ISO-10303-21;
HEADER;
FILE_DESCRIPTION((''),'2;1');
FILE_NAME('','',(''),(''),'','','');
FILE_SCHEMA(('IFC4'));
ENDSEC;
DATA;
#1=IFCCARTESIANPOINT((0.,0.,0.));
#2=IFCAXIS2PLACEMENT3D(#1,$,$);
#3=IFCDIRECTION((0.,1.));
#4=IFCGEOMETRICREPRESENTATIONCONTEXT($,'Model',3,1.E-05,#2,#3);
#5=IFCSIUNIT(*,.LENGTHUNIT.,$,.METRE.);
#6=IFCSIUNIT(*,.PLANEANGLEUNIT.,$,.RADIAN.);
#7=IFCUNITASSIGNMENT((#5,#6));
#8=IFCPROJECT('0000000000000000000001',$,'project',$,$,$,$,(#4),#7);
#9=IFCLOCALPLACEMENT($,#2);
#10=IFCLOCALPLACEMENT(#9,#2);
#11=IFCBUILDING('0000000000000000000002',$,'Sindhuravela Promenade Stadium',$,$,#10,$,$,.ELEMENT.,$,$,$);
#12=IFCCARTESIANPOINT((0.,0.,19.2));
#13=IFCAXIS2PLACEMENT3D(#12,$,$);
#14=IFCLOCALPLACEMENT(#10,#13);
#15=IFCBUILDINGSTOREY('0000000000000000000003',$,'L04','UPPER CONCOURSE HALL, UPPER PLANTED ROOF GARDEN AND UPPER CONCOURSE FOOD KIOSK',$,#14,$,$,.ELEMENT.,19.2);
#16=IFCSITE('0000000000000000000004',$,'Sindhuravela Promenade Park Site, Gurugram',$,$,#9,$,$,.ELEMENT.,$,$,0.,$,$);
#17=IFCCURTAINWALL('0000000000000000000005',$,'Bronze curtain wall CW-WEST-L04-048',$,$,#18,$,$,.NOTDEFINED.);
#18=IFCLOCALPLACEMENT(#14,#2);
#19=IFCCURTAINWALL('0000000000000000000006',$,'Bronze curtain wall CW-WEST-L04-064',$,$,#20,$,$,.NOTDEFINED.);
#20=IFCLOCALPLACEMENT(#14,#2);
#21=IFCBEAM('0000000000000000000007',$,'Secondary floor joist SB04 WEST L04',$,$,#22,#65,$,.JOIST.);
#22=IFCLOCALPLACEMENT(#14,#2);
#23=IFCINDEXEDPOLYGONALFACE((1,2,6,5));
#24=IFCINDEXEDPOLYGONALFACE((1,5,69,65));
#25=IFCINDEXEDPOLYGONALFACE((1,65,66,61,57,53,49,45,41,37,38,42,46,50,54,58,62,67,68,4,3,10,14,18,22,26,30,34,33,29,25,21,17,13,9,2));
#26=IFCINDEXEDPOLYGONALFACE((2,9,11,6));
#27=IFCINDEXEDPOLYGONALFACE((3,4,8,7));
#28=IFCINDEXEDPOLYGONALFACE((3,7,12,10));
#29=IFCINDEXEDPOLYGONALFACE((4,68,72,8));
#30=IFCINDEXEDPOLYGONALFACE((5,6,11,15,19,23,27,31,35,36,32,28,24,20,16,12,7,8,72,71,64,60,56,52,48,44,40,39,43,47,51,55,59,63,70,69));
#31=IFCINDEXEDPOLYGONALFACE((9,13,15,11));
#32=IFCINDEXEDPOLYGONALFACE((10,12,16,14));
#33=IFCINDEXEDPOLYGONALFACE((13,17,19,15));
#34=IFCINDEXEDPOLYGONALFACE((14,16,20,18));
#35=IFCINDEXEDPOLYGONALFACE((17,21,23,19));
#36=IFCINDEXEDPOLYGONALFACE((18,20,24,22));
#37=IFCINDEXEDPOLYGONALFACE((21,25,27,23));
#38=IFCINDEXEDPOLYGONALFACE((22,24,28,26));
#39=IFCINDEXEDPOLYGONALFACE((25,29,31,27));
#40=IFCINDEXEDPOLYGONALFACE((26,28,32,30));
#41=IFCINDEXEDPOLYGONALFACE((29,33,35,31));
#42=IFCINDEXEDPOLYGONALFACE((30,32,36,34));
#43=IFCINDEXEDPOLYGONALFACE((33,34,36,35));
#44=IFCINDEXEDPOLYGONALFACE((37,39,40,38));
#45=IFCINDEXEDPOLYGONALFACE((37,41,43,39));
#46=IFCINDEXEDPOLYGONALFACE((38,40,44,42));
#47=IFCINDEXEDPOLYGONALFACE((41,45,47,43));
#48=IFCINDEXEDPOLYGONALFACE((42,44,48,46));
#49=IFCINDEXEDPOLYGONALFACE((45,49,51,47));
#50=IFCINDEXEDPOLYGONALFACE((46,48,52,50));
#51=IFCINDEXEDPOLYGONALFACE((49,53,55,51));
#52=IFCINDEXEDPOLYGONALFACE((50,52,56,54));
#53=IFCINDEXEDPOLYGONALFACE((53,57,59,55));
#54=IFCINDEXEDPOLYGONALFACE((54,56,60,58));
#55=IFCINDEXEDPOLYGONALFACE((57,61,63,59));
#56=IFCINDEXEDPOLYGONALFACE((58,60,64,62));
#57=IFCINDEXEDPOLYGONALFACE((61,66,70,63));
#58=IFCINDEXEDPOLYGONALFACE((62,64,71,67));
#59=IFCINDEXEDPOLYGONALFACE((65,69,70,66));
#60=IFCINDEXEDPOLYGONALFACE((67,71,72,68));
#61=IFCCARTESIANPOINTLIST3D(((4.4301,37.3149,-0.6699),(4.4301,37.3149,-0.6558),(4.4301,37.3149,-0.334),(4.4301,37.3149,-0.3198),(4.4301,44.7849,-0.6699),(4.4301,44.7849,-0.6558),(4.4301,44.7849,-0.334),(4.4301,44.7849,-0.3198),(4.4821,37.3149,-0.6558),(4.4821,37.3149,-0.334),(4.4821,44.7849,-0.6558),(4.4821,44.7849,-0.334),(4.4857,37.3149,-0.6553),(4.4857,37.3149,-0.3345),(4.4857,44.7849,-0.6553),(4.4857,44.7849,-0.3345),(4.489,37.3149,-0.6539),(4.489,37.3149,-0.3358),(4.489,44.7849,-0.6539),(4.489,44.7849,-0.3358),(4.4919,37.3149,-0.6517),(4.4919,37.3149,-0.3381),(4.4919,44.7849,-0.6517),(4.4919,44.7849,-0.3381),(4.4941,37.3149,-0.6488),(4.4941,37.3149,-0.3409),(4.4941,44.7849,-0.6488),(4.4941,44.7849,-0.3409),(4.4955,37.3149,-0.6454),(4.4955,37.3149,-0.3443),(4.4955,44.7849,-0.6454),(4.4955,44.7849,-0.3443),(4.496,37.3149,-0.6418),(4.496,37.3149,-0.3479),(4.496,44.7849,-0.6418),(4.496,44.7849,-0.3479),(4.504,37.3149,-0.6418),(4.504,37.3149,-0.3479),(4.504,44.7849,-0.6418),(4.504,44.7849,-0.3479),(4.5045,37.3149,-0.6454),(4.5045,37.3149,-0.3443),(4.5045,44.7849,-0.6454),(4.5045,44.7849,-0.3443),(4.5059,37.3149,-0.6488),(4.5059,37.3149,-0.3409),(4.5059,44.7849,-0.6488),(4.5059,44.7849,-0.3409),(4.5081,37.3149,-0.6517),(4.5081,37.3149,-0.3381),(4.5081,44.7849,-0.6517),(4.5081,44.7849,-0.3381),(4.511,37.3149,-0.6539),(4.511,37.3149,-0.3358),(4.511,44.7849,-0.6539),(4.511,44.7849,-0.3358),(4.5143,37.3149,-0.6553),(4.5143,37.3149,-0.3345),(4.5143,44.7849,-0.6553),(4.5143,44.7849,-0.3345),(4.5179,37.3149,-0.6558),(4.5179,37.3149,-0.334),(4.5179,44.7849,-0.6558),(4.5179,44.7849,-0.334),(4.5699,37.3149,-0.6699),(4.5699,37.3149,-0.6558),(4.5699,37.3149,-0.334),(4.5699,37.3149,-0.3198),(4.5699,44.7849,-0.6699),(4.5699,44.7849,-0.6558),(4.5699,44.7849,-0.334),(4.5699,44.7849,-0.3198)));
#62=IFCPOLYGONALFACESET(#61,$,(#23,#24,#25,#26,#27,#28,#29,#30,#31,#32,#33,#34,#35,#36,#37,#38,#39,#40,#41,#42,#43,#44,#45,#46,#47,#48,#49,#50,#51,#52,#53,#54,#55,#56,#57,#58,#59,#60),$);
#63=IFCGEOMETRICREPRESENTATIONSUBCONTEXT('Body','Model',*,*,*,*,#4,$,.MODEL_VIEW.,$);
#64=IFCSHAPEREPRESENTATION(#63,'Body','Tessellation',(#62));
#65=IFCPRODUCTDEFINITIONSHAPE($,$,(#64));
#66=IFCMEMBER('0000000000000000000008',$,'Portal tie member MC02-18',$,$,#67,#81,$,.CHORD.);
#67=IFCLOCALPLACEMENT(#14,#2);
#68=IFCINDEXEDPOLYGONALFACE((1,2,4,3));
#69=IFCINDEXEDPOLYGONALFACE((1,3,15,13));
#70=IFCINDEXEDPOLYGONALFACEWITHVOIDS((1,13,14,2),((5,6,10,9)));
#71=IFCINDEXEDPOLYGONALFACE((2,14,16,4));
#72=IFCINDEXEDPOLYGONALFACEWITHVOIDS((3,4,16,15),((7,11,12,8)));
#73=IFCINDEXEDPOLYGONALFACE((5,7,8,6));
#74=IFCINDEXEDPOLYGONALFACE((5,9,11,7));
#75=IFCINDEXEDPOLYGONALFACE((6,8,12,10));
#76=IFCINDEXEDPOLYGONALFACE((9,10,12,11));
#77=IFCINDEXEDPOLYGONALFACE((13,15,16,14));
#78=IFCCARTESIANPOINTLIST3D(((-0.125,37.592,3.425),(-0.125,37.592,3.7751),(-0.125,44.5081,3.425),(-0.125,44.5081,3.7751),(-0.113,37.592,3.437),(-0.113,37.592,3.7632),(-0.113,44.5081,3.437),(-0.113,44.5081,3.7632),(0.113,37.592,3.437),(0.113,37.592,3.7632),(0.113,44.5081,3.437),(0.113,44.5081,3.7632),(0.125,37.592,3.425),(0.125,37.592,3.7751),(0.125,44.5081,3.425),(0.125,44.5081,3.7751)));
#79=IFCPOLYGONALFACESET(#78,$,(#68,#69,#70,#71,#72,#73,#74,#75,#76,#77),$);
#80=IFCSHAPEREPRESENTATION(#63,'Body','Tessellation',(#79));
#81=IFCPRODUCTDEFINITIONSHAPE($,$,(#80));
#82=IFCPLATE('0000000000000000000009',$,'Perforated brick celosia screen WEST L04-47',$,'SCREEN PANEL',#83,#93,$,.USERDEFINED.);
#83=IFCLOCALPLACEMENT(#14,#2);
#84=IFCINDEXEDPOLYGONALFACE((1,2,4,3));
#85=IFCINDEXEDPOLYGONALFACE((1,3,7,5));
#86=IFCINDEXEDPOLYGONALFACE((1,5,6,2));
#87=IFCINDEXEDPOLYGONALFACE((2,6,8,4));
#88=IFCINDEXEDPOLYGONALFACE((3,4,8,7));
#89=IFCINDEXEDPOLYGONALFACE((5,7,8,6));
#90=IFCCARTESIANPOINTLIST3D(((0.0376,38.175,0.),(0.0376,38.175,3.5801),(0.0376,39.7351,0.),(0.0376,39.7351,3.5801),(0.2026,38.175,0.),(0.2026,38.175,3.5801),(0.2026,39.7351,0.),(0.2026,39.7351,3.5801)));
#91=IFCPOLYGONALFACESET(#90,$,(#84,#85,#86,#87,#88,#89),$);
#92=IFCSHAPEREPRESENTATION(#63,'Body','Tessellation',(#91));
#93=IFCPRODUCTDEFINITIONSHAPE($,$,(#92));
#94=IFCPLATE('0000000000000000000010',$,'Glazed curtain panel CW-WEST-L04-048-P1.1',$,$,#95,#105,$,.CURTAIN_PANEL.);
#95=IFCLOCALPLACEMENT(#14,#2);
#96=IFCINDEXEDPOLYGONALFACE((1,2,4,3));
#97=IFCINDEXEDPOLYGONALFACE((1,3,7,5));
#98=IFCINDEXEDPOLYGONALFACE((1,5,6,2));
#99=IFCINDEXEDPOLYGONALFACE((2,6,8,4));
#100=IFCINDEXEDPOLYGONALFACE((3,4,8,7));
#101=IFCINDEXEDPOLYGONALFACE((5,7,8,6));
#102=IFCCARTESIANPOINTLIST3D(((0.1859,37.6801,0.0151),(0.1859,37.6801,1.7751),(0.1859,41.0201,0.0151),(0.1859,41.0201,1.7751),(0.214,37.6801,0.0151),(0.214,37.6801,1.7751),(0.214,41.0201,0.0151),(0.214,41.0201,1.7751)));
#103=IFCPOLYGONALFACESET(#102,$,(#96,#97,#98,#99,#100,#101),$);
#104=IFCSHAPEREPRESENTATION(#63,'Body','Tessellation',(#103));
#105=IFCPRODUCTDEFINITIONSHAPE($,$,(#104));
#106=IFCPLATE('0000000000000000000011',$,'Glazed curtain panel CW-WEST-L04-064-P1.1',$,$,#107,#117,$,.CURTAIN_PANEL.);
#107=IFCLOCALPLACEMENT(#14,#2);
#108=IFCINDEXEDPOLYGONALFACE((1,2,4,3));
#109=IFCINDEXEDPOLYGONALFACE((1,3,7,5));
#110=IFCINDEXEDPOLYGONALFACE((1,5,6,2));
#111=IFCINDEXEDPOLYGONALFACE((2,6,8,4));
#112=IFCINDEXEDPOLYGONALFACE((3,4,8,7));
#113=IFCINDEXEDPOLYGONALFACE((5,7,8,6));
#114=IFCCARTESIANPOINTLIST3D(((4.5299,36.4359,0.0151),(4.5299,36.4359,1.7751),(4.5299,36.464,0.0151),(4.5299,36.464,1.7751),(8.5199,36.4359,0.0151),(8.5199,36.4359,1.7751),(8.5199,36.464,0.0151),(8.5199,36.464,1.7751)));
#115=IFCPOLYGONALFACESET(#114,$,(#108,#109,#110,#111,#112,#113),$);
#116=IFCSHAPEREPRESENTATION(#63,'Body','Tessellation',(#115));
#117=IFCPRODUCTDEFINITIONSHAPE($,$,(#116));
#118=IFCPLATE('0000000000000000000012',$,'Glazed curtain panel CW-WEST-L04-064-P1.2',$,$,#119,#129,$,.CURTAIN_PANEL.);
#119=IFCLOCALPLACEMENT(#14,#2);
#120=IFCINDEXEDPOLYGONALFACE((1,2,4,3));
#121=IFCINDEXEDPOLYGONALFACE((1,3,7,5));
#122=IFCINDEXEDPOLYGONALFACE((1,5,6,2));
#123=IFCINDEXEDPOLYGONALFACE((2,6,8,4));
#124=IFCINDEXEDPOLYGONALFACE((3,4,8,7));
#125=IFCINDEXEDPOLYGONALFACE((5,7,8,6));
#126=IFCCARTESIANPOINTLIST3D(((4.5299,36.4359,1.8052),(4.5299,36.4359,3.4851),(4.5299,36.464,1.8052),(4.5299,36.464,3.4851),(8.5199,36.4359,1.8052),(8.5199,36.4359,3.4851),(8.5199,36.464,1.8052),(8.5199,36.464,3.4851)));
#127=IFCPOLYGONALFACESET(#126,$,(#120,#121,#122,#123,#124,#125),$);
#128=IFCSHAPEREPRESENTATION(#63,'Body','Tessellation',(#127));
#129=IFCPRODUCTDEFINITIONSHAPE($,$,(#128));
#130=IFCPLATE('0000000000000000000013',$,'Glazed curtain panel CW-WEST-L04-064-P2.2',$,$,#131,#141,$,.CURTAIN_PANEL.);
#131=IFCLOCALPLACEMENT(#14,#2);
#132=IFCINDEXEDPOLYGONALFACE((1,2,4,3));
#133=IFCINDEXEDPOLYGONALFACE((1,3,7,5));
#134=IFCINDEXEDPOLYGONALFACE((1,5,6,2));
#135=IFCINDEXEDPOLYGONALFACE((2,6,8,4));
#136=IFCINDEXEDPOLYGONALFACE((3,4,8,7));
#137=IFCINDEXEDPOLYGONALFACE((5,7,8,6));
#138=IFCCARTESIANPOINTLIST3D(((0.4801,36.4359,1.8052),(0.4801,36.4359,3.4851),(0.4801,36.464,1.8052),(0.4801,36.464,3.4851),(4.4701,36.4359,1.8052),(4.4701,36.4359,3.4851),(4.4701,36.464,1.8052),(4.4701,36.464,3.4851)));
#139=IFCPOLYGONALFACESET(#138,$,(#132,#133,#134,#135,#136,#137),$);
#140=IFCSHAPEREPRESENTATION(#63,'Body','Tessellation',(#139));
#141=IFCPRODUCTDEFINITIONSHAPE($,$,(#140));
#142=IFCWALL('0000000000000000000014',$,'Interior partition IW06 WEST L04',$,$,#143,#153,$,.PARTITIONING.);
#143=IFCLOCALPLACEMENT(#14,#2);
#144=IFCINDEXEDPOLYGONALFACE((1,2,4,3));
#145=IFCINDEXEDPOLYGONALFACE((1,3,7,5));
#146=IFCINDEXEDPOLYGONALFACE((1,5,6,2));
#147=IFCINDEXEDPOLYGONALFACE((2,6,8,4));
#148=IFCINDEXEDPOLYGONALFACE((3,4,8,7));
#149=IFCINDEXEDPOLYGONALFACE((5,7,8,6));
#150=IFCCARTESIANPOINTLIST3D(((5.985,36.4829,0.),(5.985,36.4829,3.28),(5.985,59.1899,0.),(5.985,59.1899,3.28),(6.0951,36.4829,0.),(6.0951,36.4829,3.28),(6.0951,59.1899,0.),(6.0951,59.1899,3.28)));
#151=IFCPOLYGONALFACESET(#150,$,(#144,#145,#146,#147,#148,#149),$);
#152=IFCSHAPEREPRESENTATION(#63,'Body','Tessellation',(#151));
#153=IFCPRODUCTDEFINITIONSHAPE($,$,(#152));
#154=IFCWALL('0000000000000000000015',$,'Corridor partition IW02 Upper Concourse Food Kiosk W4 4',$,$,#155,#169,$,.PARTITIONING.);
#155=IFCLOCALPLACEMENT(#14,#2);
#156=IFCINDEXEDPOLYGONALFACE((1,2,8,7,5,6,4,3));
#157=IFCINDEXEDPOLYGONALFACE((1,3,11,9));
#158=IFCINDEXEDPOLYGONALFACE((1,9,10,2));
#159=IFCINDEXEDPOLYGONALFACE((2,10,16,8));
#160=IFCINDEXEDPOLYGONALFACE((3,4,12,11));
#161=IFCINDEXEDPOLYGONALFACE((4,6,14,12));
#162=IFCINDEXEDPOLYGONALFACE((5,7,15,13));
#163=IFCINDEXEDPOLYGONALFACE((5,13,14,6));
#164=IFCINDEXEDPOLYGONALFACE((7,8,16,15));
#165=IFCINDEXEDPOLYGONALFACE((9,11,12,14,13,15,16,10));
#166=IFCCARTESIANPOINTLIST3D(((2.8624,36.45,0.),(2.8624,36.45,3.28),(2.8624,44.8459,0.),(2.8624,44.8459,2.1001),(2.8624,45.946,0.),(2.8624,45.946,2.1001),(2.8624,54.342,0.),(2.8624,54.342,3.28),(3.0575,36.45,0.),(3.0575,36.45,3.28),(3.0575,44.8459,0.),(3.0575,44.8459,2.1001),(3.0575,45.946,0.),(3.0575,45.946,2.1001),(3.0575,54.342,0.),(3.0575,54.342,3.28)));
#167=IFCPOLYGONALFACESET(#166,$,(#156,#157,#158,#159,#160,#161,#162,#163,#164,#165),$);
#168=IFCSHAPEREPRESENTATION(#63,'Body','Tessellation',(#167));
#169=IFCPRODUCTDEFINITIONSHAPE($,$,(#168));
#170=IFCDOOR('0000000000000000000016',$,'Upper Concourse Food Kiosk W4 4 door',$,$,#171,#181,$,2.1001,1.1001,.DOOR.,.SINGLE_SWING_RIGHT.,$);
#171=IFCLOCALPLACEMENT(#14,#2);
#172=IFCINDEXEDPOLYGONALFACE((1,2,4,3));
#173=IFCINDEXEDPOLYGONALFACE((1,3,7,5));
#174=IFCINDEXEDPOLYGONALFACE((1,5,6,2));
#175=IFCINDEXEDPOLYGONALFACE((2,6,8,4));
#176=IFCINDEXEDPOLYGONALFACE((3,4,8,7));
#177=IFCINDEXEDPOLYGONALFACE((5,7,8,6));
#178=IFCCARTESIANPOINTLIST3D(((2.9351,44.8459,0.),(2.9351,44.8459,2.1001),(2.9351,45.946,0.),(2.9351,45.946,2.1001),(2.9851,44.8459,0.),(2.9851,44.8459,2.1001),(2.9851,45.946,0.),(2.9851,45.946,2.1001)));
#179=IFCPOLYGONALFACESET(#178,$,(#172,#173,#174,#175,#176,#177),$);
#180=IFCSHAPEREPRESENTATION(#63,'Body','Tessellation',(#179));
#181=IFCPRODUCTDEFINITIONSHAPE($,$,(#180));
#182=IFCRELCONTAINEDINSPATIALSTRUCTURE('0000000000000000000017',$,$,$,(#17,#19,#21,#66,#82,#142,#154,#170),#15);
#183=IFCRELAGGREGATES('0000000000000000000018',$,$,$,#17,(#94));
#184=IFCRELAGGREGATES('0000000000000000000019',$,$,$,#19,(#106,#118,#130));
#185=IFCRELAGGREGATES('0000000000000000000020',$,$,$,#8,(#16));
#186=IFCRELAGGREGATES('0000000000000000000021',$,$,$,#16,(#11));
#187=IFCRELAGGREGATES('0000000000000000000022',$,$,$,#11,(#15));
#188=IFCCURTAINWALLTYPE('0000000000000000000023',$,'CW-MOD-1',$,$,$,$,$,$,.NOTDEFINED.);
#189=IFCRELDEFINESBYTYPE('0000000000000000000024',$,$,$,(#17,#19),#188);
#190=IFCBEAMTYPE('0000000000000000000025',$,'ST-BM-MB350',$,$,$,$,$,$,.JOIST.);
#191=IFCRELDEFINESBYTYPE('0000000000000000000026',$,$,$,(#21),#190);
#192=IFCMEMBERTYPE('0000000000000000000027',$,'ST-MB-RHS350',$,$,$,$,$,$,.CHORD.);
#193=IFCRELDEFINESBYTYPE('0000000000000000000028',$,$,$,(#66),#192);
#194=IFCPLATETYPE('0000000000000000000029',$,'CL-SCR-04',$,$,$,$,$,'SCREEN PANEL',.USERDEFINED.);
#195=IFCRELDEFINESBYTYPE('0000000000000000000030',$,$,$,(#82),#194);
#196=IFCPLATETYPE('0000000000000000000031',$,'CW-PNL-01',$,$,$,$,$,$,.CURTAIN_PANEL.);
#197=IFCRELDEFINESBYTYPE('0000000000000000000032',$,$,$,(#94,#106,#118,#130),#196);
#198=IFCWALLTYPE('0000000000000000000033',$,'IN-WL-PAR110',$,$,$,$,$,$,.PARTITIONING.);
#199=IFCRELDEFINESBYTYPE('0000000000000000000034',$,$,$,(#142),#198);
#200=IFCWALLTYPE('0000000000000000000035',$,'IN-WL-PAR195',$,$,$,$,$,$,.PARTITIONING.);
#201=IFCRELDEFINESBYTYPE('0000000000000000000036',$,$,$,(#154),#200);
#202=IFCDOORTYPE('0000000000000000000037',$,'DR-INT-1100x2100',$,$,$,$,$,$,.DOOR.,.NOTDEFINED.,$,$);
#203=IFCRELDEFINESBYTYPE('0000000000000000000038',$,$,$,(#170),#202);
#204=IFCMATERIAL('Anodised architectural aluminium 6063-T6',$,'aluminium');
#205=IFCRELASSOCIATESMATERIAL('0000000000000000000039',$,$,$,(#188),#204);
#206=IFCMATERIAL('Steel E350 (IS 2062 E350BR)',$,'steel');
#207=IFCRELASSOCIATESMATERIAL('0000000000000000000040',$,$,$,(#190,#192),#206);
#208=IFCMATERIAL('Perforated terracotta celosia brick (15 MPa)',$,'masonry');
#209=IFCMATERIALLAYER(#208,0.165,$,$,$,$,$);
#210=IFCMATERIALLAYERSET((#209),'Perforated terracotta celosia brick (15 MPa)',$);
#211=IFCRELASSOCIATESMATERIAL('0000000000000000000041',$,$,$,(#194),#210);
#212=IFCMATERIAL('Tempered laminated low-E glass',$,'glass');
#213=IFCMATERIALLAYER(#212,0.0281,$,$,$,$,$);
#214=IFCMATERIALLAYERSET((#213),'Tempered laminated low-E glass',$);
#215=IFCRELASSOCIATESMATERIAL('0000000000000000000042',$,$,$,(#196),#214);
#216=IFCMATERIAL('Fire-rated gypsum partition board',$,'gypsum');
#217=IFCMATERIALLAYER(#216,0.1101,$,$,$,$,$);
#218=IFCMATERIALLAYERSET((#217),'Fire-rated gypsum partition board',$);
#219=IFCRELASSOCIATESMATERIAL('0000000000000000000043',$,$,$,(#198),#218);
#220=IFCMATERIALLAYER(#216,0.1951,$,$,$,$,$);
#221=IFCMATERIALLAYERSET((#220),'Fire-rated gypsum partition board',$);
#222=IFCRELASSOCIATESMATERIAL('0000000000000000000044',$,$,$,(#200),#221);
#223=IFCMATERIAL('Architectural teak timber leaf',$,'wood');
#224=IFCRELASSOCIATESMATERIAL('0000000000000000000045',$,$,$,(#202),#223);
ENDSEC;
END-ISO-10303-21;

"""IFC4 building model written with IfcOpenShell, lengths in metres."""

from ifc_helpers import new_model, si_unit, direction, frame, frame_2d, origin, origin_2d, place, context, subcontext, project, spatial, rectangle, hollow_rectangle, i_section, extrude, material, layer, layer_set, material_profile, profile_set, type_object, element, fill, aggregate, save


model = new_model("IFC4")

# Units and contexts
model_context = context("Model", 3, precision=1e-05, world=origin(), true_north=direction((0.0, 1.0)))
body_context = subcontext(model_context, "Body", "Model", "MODEL_VIEW")
ifc_project = project(units=[si_unit("LENGTHUNIT", "METRE"), si_unit("PLANEANGLEUNIT", "RADIAN")], contexts=[model_context])

# Site, building, storey
site_placement = place(None, origin())
site = spatial("IfcSite", under=ifc_project, at=site_placement, Name="Sindhuravela Promenade Park Site, Gurugram", CompositionType="ELEMENT", RefElevation=0.0)
building_placement = place(site_placement, origin())
building = spatial("IfcBuilding", under=site, at=building_placement, Name="Sindhuravela Promenade Stadium", CompositionType="ELEMENT")
storey_placement = place(building_placement, frame((0.0, 0.0, 19.2)))
storey = spatial("IfcBuildingStorey", under=building, at=storey_placement, Name="L04", Description="UPPER CONCOURSE HALL, UPPER PLANTED ROOF GARDEN AND UPPER CONCOURSE FOOD KIOSK", CompositionType="ELEMENT", Elevation=19.2)

# Curtain wall
ifc_material_1 = material(Name="Anodised architectural aluminium 6063-T6", Category="aluminium")
curtain_wall_type = type_object("IfcCurtainWallType", Name="CW-MOD-1", PredefinedType="NOTDEFINED", material=ifc_material_1)
curtain_wall_1_placement = place(storey_placement, origin())
curtain_wall_1 = element("IfcCurtainWall", 1, at=curtain_wall_1_placement, inside=storey, type_object=curtain_wall_type, Name="Bronze curtain wall CW-WEST-L04-048", PredefinedType="NOTDEFINED")

# Curtain wall
curtain_wall_2_placement = place(storey_placement, origin())
curtain_wall_2 = element("IfcCurtainWall", 2, at=curtain_wall_2_placement, inside=storey, type_object=curtain_wall_type, Name="Bronze curtain wall CW-WEST-L04-064", PredefinedType="NOTDEFINED")

# Beam
ifc_material_2 = material(Name="Steel E350 (IS 2062 E350BR)", Category="steel")
ifc_material_profile_1 = material_profile(ifc_material_2, i_section(OverallWidth=0.1399, OverallDepth=0.3501, WebThickness=0.0081, FlangeThickness=0.0142, FilletRadius=0.0139, at=origin_2d()), Name="ISMB 350")
ifc_profile_set_1 = profile_set([ifc_material_profile_1], Name="Steel E350 (IS 2062 E350BR)")
beam_type_1 = type_object("IfcBeamType", Name="ST-BM-MB350", PredefinedType="JOIST", material=ifc_profile_set_1)
beam_1_placement = place(storey_placement, frame((4.5, 37.3149, -0.4949), z_axis=(0.0, 1.0, 0.0), x_axis=(-1.0, 0.0, 0.0)))
element("IfcBeam", 3, at=beam_1_placement, inside=storey, type_object=beam_type_1, Name="Secondary floor joist SB04 WEST L04", PredefinedType="JOIST", context=body_context, shape_type="SweptSolid", body=[
    extrude(i_section(OverallWidth=0.1399, OverallDepth=0.3501, WebThickness=0.0081, FlangeThickness=0.0142, FilletRadius=0.0139, at=origin_2d()), origin(), (0.0, 0.0, 1.0), 7.47),
])

# Member
ifc_material_profile_2 = material_profile(ifc_material_2, hollow_rectangle(XDim=0.25, YDim=0.3501, WallThickness=0.012, at=origin_2d()), Name="RHS 350x250x12")
ifc_profile_set_2 = profile_set([ifc_material_profile_2], Name="Steel E350 (IS 2062 E350BR)")
member_type_1 = type_object("IfcMemberType", Name="ST-MB-RHS350", PredefinedType="CHORD", material=ifc_profile_set_2)
member_1_placement = place(storey_placement, frame((0.0, 37.592, 3.6001), z_axis=(0.0, 1.0, 0.0), x_axis=(-1.0, 0.0, 0.0)))
element("IfcMember", 4, at=member_1_placement, inside=storey, type_object=member_type_1, Name="Portal tie member MC02-18", PredefinedType="CHORD", context=body_context, shape_type="SweptSolid", body=[
    extrude(hollow_rectangle(XDim=0.25, YDim=0.3501, WallThickness=0.012, at=origin_2d()), origin(), (0.0, 0.0, 1.0), 6.916),
])

# Plates
ifc_material_3 = material(Name="Perforated terracotta celosia brick (15 MPa)", Category="masonry")
ifc_layer_1 = layer(ifc_material_3, 0.165)
ifc_layer_set_1 = layer_set([ifc_layer_1], Name="Perforated terracotta celosia brick (15 MPa)")
plate_type_1 = type_object("IfcPlateType", Name="CL-SCR-04", ElementType="SCREEN PANEL", PredefinedType="USERDEFINED", material=ifc_layer_set_1)
plate_1_placement = place(storey_placement, frame((0.1201, 38.9551, 0.0), z_axis=(0.0, 0.0, 1.0), x_axis=(0.0, 1.0, 0.0)))
element("IfcPlate", 5, at=plate_1_placement, inside=storey, type_object=plate_type_1, Name="Perforated brick celosia screen WEST L04-47", ObjectType="SCREEN PANEL", PredefinedType="USERDEFINED", context=body_context, shape_type="SweptSolid", body=[
    extrude(rectangle(XDim=1.5601, YDim=0.165, at=origin_2d()), origin(), (0.0, 0.0, 1.0), 3.5801),
])
ifc_material_4 = material(Name="Tempered laminated low-E glass", Category="glass")
ifc_layer_2 = layer(ifc_material_4, 0.0281)
ifc_layer_set_2 = layer_set([ifc_layer_2], Name="Tempered laminated low-E glass")
plate_type_2 = type_object("IfcPlateType", Name="CW-PNL-01", PredefinedType="CURTAIN_PANEL", material=ifc_layer_set_2)
plate_2_placement = place(storey_placement, frame((0.2, 39.3501, 0.0151), z_axis=(0.0, 0.0, 1.0), x_axis=(0.0, 1.0, 0.0)))
plate_2 = element("IfcPlate", 6, at=plate_2_placement, type_object=plate_type_2, Name="Glazed curtain panel CW-WEST-L04-048-P1.1", PredefinedType="CURTAIN_PANEL", context=body_context, shape_type="SweptSolid", body=[
    extrude(rectangle(XDim=3.3401, YDim=0.0281, at=origin_2d()), origin(), (0.0, 0.0, 1.0), 1.76),
])
aggregate(curtain_wall_1, [plate_2])
plate_3_placement = place(storey_placement, frame((6.5249, 36.45, 0.0151), z_axis=(0.0, 0.0, 1.0), x_axis=(-1.0, 0.0, 0.0)))
plate_3 = element("IfcPlate", 7, at=plate_3_placement, type_object=plate_type_2, Name="Glazed curtain panel CW-WEST-L04-064-P1.1", PredefinedType="CURTAIN_PANEL", context=body_context, shape_type="SweptSolid", body=[
    extrude(rectangle(XDim=3.99, YDim=0.0281, at=origin_2d()), origin(), (0.0, 0.0, 1.0), 1.76),
])
plate_4_placement = place(storey_placement, frame((6.5249, 36.45, 1.8052), z_axis=(0.0, 0.0, 1.0), x_axis=(-1.0, 0.0, 0.0)))
plate_4 = element("IfcPlate", 8, at=plate_4_placement, type_object=plate_type_2, Name="Glazed curtain panel CW-WEST-L04-064-P1.2", PredefinedType="CURTAIN_PANEL", context=body_context, shape_type="SweptSolid", body=[
    extrude(rectangle(XDim=3.99, YDim=0.0281, at=origin_2d()), origin(), (0.0, 0.0, 1.0), 1.6799),
])
plate_5_placement = place(storey_placement, frame((2.4751, 36.45, 1.8052), z_axis=(0.0, 0.0, 1.0), x_axis=(-1.0, 0.0, 0.0)))
plate_5 = element("IfcPlate", 9, at=plate_5_placement, type_object=plate_type_2, Name="Glazed curtain panel CW-WEST-L04-064-P2.2", PredefinedType="CURTAIN_PANEL", context=body_context, shape_type="SweptSolid", body=[
    extrude(rectangle(XDim=3.99, YDim=0.0281, at=origin_2d()), origin(), (0.0, 0.0, 1.0), 1.6799),
])
aggregate(curtain_wall_2, [plate_3, plate_4, plate_5])

# Wall
ifc_material_5 = material(Name="Fire-rated gypsum partition board", Category="gypsum")
ifc_layer_3 = layer(ifc_material_5, 0.1101)
ifc_layer_set_3 = layer_set([ifc_layer_3], Name="Fire-rated gypsum partition board")
wall_type_1 = type_object("IfcWallType", Name="IN-WL-PAR110", PredefinedType="PARTITIONING", material=ifc_layer_set_3)
wall_1_placement = place(storey_placement, frame((6.04, 36.4829, 0.0), z_axis=(0.0, 0.0, 1.0), x_axis=(0.0, 1.0, 0.0)))
element("IfcWall", 10, at=wall_1_placement, inside=storey, type_object=wall_type_1, Name="Interior partition IW06 WEST L04", PredefinedType="PARTITIONING", context=body_context, shape_type="SweptSolid", body=[
    extrude(rectangle(XDim=22.707, YDim=0.1101, at=frame_2d((11.3535, 0.0))), origin(), (0.0, 0.0, 1.0), 3.28),
])

# Wall, opening, door
ifc_layer_4 = layer(ifc_material_5, 0.1951)
ifc_layer_set_4 = layer_set([ifc_layer_4], Name="Fire-rated gypsum partition board")
wall_type_2 = type_object("IfcWallType", Name="IN-WL-PAR195", PredefinedType="PARTITIONING", material=ifc_layer_set_4)
wall_2_placement = place(storey_placement, frame((2.96, 36.45, 0.0), z_axis=(0.0, 0.0, 1.0), x_axis=(0.0, 1.0, 0.0)))
wall_2 = element("IfcWall", 11, at=wall_2_placement, inside=storey, type_object=wall_type_2, Name="Corridor partition IW02 Upper Concourse Food Kiosk W4 4", PredefinedType="PARTITIONING", context=body_context, shape_type="SweptSolid", body=[
    extrude(rectangle(XDim=17.8921, YDim=0.1951, at=frame_2d((8.946, 0.0))), origin(), (0.0, 0.0, 1.0), 3.28),
])
opening_placement = place(wall_2_placement, frame((8.396, 0.0, 0.0)))
opening = element("IfcOpeningElement", 12, at=opening_placement, cuts=wall_2, PredefinedType="OPENING", context=body_context, shape_type="SweptSolid", body=[
    extrude(rectangle(XDim=1.1001, YDim=2.1001, at=frame_2d((0.55, 1.05))), frame((0.0, 0.1074, 0.0), z_axis=(0.0, -1.0, 0.0), x_axis=(1.0, 0.0, 0.0)), (0.0, 0.0, 1.0), 0.2151),
])
ifc_material_6 = material(Name="Architectural teak timber leaf", Category="wood")
door_type = type_object("IfcDoorType", Name="DR-INT-1100x2100", OperationType="NOTDEFINED", PredefinedType="DOOR", material=ifc_material_6)
door_placement = place(opening_placement, origin())
door = element("IfcDoor", 13, at=door_placement, inside=storey, type_object=door_type, Name="Upper Concourse Food Kiosk W4 4 door", OperationType="SINGLE_SWING_RIGHT", OverallHeight=2.1001, OverallWidth=1.1001, PredefinedType="DOOR", context=body_context, shape_type="SweptSolid", body=[
    extrude(rectangle(XDim=1.1001, YDim=2.1001, at=frame_2d((0.55, 1.05))), frame((0.0, 0.0249, 0.0), z_axis=(0.0, -1.0, 0.0), x_axis=(1.0, 0.0, 0.0)), (0.0, 0.0, 1.0), 0.05),
])
fill(opening, door)

save(model, "model.ifc")
